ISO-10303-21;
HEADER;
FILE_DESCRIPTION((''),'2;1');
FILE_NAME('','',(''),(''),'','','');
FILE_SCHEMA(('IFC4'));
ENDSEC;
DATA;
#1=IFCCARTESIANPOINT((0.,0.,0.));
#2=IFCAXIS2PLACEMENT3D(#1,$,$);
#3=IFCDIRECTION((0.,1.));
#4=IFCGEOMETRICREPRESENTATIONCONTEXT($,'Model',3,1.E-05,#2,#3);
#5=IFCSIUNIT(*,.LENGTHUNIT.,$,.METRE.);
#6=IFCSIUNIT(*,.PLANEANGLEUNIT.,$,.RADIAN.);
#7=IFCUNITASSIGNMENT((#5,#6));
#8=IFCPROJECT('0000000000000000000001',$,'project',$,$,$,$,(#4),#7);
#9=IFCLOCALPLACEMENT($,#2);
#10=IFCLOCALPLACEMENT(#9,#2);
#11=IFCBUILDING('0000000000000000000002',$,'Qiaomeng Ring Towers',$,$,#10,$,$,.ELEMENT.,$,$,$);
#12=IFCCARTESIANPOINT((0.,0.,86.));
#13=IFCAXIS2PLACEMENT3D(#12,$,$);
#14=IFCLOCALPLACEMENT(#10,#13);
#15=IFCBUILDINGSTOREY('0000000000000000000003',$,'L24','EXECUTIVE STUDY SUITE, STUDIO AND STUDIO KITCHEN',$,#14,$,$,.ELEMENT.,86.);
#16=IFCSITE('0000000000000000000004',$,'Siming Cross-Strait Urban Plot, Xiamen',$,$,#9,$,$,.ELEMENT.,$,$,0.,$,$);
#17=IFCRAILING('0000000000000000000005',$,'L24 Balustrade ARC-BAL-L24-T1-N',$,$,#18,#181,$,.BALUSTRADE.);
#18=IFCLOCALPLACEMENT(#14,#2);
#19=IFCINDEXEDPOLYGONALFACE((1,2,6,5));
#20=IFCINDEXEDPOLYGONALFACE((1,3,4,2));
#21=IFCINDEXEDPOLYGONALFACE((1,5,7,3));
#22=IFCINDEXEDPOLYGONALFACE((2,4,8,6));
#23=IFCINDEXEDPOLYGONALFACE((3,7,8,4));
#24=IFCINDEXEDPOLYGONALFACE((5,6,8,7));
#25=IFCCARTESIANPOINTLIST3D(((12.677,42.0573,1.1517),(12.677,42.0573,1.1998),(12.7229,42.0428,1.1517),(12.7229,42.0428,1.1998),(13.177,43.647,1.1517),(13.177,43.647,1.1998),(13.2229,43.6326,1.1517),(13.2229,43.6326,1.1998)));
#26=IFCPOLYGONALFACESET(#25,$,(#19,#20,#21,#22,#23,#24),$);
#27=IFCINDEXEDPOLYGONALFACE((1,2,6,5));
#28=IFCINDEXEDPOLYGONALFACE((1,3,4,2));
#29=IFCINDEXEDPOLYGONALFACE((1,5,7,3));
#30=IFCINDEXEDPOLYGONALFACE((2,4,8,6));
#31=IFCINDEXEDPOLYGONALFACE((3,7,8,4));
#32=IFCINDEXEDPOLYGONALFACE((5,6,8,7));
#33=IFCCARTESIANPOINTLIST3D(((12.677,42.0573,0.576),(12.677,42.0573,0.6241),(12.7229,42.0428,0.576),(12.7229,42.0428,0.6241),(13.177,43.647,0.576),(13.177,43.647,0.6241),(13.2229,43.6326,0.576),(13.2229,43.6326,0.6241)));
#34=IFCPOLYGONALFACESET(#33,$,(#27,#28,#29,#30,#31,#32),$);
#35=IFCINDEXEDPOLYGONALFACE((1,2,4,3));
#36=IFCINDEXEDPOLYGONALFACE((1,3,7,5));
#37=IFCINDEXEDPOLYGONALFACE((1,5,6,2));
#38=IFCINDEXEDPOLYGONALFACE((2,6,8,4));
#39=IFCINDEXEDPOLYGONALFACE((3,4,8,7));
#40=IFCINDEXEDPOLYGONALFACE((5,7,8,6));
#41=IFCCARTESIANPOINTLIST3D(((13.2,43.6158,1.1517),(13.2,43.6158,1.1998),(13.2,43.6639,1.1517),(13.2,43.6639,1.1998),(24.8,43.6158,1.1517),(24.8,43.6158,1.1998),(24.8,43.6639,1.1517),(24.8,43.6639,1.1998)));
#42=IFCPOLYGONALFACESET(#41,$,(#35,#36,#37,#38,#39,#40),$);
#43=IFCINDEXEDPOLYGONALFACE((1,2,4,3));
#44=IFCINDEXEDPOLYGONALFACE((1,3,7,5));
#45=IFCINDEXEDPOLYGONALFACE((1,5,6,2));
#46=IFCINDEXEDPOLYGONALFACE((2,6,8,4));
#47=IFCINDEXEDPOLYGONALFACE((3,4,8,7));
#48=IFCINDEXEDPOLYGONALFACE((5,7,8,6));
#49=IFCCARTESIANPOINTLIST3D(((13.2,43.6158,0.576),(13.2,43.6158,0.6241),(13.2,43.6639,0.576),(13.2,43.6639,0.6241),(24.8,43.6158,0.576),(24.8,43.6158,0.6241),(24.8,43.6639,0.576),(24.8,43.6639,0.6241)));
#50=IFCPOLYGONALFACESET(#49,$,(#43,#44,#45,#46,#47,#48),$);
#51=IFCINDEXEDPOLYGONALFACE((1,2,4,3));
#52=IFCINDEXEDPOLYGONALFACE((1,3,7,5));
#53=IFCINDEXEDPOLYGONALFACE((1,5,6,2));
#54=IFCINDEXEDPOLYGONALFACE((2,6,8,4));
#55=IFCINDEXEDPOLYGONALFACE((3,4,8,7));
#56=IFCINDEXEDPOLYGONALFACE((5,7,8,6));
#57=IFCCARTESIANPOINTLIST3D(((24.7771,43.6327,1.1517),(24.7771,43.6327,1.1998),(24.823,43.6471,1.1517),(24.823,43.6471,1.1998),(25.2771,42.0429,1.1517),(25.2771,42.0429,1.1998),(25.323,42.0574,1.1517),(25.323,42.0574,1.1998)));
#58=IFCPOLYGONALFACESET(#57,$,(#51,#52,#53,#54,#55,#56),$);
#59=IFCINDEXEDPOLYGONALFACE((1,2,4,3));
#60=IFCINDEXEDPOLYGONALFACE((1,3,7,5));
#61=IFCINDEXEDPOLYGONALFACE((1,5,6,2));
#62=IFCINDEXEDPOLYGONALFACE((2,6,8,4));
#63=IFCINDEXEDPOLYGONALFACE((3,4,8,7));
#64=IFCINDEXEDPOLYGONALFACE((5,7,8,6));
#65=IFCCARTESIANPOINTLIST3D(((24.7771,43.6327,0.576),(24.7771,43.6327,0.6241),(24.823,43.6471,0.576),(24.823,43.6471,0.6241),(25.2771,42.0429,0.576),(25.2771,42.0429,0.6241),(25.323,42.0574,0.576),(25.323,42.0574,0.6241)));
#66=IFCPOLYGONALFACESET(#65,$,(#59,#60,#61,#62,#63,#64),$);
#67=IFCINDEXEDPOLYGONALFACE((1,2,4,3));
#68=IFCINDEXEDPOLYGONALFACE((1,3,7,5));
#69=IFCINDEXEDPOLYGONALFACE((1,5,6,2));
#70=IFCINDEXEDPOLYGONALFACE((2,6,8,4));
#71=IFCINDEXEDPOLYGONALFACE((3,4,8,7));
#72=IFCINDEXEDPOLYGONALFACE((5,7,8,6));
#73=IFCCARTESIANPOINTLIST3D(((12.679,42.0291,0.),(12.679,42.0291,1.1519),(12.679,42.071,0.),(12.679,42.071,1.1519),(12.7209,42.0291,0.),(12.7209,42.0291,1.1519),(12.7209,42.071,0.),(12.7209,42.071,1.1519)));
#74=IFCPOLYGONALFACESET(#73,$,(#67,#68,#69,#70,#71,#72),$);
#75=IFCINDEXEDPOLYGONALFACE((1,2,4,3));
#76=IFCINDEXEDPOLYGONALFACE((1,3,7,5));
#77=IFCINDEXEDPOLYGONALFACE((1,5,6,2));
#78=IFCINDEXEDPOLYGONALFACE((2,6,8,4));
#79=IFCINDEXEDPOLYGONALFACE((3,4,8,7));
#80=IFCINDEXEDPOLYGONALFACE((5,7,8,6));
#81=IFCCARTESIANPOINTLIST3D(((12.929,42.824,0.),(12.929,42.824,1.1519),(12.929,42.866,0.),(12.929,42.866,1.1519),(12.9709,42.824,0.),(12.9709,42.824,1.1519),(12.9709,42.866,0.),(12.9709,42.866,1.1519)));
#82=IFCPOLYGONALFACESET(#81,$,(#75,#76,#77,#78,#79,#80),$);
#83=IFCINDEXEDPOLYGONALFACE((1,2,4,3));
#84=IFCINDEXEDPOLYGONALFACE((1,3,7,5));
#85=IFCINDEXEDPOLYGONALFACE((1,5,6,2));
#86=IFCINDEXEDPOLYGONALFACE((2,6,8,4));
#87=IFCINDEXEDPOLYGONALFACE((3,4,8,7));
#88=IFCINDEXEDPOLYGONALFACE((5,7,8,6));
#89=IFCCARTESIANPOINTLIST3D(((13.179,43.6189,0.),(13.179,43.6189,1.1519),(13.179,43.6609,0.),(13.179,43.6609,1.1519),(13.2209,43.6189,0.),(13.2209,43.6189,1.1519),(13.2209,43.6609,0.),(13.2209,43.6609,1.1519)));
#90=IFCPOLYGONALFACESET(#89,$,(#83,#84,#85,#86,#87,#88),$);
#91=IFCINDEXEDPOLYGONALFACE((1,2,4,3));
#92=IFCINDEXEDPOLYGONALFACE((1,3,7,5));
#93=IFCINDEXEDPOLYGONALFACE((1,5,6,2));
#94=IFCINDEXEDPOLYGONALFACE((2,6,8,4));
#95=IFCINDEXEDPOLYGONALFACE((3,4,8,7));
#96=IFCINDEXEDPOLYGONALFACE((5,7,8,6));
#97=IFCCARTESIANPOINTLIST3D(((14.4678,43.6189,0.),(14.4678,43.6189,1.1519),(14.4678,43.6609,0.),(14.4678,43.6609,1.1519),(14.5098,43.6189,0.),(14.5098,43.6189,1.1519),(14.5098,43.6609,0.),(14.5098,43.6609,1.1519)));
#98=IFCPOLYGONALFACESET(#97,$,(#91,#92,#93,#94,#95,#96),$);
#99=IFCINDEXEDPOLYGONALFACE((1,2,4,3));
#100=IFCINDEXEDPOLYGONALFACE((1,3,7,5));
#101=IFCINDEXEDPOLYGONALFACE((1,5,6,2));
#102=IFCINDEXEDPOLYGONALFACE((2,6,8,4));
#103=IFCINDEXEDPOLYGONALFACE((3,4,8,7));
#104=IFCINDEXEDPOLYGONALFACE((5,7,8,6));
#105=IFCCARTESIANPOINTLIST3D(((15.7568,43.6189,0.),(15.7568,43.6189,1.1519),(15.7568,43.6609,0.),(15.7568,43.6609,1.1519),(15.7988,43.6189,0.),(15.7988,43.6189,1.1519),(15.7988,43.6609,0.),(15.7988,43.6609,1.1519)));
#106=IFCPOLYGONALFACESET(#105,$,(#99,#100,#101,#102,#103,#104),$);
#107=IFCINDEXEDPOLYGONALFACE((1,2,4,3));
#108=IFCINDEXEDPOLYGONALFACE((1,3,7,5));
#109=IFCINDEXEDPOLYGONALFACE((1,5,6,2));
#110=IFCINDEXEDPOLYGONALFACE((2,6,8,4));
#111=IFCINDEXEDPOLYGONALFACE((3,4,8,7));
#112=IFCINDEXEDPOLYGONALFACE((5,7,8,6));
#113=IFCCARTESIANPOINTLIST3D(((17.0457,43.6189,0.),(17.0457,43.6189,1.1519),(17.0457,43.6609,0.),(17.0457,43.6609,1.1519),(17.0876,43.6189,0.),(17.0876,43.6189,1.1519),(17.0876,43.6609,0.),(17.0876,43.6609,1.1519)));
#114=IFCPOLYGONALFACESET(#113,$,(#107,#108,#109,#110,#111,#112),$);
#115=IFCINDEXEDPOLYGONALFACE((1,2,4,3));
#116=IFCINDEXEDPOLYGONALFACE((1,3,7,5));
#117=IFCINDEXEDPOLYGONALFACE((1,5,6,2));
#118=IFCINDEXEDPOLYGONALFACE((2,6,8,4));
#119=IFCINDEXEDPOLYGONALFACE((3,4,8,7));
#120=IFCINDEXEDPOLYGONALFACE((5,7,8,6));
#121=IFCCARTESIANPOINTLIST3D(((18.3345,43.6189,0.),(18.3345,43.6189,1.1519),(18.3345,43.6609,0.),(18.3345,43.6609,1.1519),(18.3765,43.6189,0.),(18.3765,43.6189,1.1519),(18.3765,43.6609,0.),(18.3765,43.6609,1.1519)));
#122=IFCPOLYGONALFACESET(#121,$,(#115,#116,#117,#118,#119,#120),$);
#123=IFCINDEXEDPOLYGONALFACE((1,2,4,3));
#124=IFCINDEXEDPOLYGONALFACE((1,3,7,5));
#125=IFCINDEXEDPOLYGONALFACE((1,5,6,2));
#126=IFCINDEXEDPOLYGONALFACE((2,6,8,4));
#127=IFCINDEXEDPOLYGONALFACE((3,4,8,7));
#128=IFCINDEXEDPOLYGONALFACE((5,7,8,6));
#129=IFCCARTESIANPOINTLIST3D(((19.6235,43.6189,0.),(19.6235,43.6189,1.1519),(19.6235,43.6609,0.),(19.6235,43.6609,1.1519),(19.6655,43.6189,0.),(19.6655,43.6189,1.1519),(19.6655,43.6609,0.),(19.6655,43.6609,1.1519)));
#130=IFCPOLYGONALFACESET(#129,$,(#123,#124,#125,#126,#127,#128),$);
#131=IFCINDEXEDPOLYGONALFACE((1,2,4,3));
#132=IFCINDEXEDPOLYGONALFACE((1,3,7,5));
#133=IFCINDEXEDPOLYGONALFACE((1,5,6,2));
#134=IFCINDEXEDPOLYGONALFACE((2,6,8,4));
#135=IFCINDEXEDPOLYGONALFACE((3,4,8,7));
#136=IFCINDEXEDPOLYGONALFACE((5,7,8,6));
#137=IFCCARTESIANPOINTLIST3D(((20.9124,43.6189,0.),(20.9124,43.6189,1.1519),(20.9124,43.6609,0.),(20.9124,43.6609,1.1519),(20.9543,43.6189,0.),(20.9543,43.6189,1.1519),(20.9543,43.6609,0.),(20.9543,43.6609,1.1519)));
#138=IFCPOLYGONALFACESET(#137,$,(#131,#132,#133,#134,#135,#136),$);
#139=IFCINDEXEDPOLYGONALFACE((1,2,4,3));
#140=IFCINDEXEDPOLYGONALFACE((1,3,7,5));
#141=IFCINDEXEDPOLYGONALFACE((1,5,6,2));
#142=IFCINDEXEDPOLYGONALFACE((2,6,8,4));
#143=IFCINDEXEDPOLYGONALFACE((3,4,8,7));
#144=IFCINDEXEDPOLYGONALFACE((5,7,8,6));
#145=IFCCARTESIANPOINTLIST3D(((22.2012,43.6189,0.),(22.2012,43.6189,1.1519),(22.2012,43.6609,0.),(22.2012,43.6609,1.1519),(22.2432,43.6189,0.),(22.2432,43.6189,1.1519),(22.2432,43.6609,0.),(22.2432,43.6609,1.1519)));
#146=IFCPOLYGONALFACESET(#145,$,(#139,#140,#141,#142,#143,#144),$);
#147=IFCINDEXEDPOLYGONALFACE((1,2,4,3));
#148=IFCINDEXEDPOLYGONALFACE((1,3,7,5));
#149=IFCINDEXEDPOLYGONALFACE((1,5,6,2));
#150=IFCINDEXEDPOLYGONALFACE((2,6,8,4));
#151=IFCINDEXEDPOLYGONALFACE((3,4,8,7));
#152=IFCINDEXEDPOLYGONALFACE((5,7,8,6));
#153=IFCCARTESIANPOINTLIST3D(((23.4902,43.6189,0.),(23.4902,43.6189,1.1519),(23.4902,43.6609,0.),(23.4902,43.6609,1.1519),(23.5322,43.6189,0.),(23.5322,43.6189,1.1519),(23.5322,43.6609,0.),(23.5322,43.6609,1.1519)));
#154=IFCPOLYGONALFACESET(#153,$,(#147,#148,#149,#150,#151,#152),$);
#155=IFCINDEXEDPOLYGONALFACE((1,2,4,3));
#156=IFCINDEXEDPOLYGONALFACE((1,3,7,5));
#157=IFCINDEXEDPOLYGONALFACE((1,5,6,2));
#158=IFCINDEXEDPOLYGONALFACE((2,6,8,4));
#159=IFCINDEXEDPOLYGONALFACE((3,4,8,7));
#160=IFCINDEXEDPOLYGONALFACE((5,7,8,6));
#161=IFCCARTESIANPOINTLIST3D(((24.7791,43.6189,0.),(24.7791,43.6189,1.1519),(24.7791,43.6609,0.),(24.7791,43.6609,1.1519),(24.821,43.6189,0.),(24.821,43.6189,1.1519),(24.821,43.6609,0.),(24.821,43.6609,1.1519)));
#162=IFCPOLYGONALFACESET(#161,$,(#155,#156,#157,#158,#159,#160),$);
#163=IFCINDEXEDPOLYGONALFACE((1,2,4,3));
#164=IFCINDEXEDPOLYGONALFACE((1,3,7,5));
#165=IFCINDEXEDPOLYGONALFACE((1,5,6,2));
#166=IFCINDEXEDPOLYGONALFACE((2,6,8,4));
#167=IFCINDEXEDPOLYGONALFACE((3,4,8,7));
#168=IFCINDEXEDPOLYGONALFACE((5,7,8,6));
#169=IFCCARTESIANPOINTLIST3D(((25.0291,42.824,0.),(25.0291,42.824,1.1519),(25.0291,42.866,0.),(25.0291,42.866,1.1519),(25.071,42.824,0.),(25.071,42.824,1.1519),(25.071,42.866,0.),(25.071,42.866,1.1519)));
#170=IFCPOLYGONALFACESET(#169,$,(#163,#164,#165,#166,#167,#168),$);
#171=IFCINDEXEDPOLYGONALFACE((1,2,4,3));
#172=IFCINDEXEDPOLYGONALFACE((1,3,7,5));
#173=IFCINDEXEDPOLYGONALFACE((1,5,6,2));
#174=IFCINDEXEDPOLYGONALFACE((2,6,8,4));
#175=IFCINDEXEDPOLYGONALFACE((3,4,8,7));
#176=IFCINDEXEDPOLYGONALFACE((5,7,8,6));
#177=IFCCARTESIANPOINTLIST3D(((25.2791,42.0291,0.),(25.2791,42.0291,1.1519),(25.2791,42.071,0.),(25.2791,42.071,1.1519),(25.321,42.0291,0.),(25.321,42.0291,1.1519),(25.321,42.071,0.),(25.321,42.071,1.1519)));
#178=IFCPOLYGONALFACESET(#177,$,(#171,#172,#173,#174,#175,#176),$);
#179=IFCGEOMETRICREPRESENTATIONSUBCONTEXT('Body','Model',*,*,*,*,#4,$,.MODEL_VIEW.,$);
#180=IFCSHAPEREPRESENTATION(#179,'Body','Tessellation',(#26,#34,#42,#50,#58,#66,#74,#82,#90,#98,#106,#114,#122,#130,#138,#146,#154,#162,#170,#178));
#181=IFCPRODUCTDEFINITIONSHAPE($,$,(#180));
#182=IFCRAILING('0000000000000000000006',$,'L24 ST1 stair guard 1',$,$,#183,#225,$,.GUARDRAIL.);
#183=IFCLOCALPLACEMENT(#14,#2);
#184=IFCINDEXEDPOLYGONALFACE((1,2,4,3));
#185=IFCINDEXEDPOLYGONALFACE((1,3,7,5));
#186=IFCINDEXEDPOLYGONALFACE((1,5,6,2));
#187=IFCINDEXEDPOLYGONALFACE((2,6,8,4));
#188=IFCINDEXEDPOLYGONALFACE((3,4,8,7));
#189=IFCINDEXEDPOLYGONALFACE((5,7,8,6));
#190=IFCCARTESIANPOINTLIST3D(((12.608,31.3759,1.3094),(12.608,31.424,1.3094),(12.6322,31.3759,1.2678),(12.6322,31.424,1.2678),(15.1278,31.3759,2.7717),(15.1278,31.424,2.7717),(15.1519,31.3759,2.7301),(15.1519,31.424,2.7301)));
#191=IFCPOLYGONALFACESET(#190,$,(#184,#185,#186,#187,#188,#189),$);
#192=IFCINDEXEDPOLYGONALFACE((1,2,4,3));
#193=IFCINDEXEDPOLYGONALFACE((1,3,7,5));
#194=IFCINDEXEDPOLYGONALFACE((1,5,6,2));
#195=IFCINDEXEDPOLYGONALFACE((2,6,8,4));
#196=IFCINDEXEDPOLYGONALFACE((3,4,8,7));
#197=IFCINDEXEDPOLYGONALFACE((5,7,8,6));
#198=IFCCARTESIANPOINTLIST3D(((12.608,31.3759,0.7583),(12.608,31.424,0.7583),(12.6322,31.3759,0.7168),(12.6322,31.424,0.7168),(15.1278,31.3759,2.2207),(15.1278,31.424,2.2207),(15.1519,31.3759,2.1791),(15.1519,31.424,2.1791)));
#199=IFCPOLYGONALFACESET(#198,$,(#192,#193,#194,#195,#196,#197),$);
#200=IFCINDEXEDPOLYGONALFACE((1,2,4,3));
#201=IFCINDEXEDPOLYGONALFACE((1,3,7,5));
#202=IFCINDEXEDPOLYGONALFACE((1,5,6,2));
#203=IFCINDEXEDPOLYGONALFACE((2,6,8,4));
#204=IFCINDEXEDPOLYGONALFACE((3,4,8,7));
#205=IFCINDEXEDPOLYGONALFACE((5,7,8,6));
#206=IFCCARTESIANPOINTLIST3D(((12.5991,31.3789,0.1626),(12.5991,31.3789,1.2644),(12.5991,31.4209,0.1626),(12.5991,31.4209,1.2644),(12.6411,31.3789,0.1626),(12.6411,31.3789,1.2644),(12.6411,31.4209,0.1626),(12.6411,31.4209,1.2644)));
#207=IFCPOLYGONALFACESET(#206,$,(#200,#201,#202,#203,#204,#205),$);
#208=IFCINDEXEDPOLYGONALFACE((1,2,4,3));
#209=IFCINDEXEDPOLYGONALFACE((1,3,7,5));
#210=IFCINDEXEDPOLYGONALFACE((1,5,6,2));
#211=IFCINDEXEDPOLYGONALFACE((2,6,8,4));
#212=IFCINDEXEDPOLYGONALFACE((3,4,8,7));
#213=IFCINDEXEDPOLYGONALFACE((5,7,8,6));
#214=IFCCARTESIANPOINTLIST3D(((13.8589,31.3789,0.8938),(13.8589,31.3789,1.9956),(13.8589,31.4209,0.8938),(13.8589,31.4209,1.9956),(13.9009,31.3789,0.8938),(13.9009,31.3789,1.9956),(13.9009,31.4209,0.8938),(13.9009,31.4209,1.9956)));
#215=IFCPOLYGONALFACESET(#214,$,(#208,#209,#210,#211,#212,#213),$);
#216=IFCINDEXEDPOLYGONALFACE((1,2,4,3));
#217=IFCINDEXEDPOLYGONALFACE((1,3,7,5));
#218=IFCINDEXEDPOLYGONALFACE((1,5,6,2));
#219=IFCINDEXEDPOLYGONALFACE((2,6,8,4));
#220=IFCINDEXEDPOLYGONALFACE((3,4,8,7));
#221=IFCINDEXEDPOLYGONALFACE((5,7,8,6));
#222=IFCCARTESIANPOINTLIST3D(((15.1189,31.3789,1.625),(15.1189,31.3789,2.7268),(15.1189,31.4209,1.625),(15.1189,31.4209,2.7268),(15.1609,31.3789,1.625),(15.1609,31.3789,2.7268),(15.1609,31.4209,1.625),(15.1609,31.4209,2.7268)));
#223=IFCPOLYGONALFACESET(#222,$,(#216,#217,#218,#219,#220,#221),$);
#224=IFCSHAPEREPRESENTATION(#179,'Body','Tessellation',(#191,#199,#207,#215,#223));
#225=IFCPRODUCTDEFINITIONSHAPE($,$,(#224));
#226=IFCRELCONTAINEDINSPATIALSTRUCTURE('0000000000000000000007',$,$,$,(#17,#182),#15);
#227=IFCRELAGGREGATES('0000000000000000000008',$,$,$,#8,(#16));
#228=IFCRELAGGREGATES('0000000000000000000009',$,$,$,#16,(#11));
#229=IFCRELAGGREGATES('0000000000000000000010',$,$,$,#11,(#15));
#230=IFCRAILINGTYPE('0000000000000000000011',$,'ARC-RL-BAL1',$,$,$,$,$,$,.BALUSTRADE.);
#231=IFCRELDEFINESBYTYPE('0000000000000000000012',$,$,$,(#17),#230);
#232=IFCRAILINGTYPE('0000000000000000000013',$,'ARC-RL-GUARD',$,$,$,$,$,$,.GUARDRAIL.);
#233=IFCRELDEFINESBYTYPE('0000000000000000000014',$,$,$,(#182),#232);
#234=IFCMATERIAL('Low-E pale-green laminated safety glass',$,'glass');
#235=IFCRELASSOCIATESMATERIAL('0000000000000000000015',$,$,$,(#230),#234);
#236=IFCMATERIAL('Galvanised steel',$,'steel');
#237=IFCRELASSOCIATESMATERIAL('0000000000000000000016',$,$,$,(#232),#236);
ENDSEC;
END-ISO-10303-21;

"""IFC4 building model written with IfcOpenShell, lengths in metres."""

from ifc_helpers import new_model, si_unit, direction, frame, origin, origin_2d, place, context, subcontext, project, spatial, rectangle, extrude, material, type_object, element, save


model = new_model("IFC4")

# Units and contexts
model_context = context("Model", 3, precision=1e-05, world=origin(), true_north=direction((0.0, 1.0)))
body_context = subcontext(model_context, "Body", "Model", "MODEL_VIEW")
ifc_project = project(units=[si_unit("LENGTHUNIT", "METRE"), si_unit("PLANEANGLEUNIT", "RADIAN")], contexts=[model_context])

# Site, building, storey
site_placement = place(None, origin())
site = spatial("IfcSite", under=ifc_project, at=site_placement, Name="Siming Cross-Strait Urban Plot, Xiamen", CompositionType="ELEMENT", RefElevation=0.0)
building_placement = place(site_placement, origin())
building = spatial("IfcBuilding", under=site, at=building_placement, Name="Qiaomeng Ring Towers", CompositionType="ELEMENT")
storey_placement = place(building_placement, frame((0.0, 0.0, 86.0)))
storey = spatial("IfcBuildingStorey", under=building, at=storey_placement, Name="L24", Description="EXECUTIVE STUDY SUITE, STUDIO AND STUDIO KITCHEN", CompositionType="ELEMENT", Elevation=86.0)

# Shared definitions
ifc_material_1 = material(Name="Galvanised steel", Category="steel")

# Railings
ifc_material_2 = material(Name="Low-E pale-green laminated safety glass", Category="glass")
railing_type_1 = type_object("IfcRailingType", Name="ARC-RL-BAL1", PredefinedType="BALUSTRADE", material=ifc_material_2)
railing_1_placement = place(storey_placement, frame((12.7, 42.05, 0.0)))
element("IfcRailing", 1, at=railing_1_placement, inside=storey, type_object=railing_type_1, Name="L24 Balustrade ARC-BAL-L24-T1-N", PredefinedType="BALUSTRADE", context=body_context, shape_type="SweptSolid", body=[
    extrude(rectangle(XDim=0.0481, YDim=0.0481, at=origin_2d()), frame((0.0, 0.0, 1.1758), z_axis=(0.300009, 0.953936, 0.0), x_axis=(-0.953936, 0.300009, 0.0)), (0.0, 0.0, 1.0), 1.6665),
    extrude(rectangle(XDim=0.0481, YDim=0.0481, at=origin_2d()), frame((0.0, 0.0, 0.6001), z_axis=(0.300009, 0.953936, 0.0), x_axis=(-0.953936, 0.300009, 0.0)), (0.0, 0.0, 1.0), 1.6665),
    extrude(rectangle(XDim=0.0481, YDim=0.0481, at=origin_2d()), frame((0.5, 1.5898, 1.1758), z_axis=(1.0, 0.0, 0.0), x_axis=(0.0, 1.0, 0.0)), (0.0, 0.0, 1.0), 11.6001),
    extrude(rectangle(XDim=0.0481, YDim=0.0481, at=origin_2d()), frame((0.5, 1.5898, 0.6001), z_axis=(1.0, 0.0, 0.0), x_axis=(0.0, 1.0, 0.0)), (0.0, 0.0, 1.0), 11.6001),
    extrude(rectangle(XDim=0.0481, YDim=0.0481, at=origin_2d()), frame((12.1001, 1.5898, 1.1758), z_axis=(0.300009, -0.953936, 0.0), x_axis=(0.953936, 0.300009, 0.0)), (0.0, 0.0, 1.0), 1.6665),
    extrude(rectangle(XDim=0.0481, YDim=0.0481, at=origin_2d()), frame((12.1001, 1.5898, 0.6001), z_axis=(0.300009, -0.953936, 0.0), x_axis=(0.953936, 0.300009, 0.0)), (0.0, 0.0, 1.0), 1.6665),
    extrude(rectangle(XDim=0.042, YDim=0.042, at=origin_2d()), origin(), (0.0, 0.0, 1.0), 1.1519),
    extrude(rectangle(XDim=0.042, YDim=0.042, at=origin_2d()), frame((0.25, 0.7949, 0.0)), (0.0, 0.0, 1.0), 1.1519),
    extrude(rectangle(XDim=0.042, YDim=0.042, at=origin_2d()), frame((0.5, 1.5898, 0.0)), (0.0, 0.0, 1.0), 1.1519),
    extrude(rectangle(XDim=0.042, YDim=0.042, at=origin_2d()), frame((1.7888, 1.5898, 0.0)), (0.0, 0.0, 1.0), 1.1519),
    extrude(rectangle(XDim=0.042, YDim=0.042, at=origin_2d()), frame((3.0779, 1.5898, 0.0)), (0.0, 0.0, 1.0), 1.1519),
    extrude(rectangle(XDim=0.042, YDim=0.042, at=origin_2d()), frame((4.3667, 1.5898, 0.0)), (0.0, 0.0, 1.0), 1.1519),
    extrude(rectangle(XDim=0.042, YDim=0.042, at=origin_2d()), frame((5.6555, 1.5898, 0.0)), (0.0, 0.0, 1.0), 1.1519),
    extrude(rectangle(XDim=0.042, YDim=0.042, at=origin_2d()), frame((6.9446, 1.5898, 0.0)), (0.0, 0.0, 1.0), 1.1519),
    extrude(rectangle(XDim=0.042, YDim=0.042, at=origin_2d()), frame((8.2334, 1.5898, 0.0)), (0.0, 0.0, 1.0), 1.1519),
    extrude(rectangle(XDim=0.042, YDim=0.042, at=origin_2d()), frame((9.5222, 1.5898, 0.0)), (0.0, 0.0, 1.0), 1.1519),
    extrude(rectangle(XDim=0.042, YDim=0.042, at=origin_2d()), frame((10.8113, 1.5898, 0.0)), (0.0, 0.0, 1.0), 1.1519),
    extrude(rectangle(XDim=0.042, YDim=0.042, at=origin_2d()), frame((12.1001, 1.5898, 0.0)), (0.0, 0.0, 1.0), 1.1519),
    extrude(rectangle(XDim=0.042, YDim=0.042, at=origin_2d()), frame((12.3501, 0.7949, 0.0)), (0.0, 0.0, 1.0), 1.1519),
    extrude(rectangle(XDim=0.042, YDim=0.042, at=origin_2d()), frame((12.6001, 0.0, 0.0)), (0.0, 0.0, 1.0), 1.1519),
])
railing_type_2 = type_object("IfcRailingType", Name="ARC-RL-GUARD", PredefinedType="GUARDRAIL", material=ifc_material_1)
railing_2_placement = place(storey_placement, frame((12.6201, 31.3999, 0.1626)))
element("IfcRailing", 2, at=railing_2_placement, inside=storey, type_object=railing_type_2, Name="L24 ST1 stair guard 1", PredefinedType="GUARDRAIL", context=body_context, shape_type="SweptSolid", body=[
    extrude(rectangle(XDim=0.0481, YDim=0.0481, at=origin_2d()), frame((0.0, 0.0, 1.126), z_axis=(0.864892, 0.0, 0.501958), x_axis=(0.0, 1.0, 0.0)), (0.0, 0.0, 1.0), 2.9133),
    extrude(rectangle(XDim=0.0481, YDim=0.0481, at=origin_2d()), frame((0.0, 0.0, 0.575), z_axis=(0.864892, 0.0, 0.501958), x_axis=(0.0, 1.0, 0.0)), (0.0, 0.0, 1.0), 2.9133),
    extrude(rectangle(XDim=0.042, YDim=0.042, at=origin_2d()), origin(), (0.0, 0.0, 1.0), 1.1018),
    extrude(rectangle(XDim=0.042, YDim=0.042, at=origin_2d()), frame((1.2598, 0.0, 0.7312)), (0.0, 0.0, 1.0), 1.1018),
    extrude(rectangle(XDim=0.042, YDim=0.042, at=origin_2d()), frame((2.5198, 0.0, 1.4624)), (0.0, 0.0, 1.0), 1.1018),
])

save(model, "model.ifc")
